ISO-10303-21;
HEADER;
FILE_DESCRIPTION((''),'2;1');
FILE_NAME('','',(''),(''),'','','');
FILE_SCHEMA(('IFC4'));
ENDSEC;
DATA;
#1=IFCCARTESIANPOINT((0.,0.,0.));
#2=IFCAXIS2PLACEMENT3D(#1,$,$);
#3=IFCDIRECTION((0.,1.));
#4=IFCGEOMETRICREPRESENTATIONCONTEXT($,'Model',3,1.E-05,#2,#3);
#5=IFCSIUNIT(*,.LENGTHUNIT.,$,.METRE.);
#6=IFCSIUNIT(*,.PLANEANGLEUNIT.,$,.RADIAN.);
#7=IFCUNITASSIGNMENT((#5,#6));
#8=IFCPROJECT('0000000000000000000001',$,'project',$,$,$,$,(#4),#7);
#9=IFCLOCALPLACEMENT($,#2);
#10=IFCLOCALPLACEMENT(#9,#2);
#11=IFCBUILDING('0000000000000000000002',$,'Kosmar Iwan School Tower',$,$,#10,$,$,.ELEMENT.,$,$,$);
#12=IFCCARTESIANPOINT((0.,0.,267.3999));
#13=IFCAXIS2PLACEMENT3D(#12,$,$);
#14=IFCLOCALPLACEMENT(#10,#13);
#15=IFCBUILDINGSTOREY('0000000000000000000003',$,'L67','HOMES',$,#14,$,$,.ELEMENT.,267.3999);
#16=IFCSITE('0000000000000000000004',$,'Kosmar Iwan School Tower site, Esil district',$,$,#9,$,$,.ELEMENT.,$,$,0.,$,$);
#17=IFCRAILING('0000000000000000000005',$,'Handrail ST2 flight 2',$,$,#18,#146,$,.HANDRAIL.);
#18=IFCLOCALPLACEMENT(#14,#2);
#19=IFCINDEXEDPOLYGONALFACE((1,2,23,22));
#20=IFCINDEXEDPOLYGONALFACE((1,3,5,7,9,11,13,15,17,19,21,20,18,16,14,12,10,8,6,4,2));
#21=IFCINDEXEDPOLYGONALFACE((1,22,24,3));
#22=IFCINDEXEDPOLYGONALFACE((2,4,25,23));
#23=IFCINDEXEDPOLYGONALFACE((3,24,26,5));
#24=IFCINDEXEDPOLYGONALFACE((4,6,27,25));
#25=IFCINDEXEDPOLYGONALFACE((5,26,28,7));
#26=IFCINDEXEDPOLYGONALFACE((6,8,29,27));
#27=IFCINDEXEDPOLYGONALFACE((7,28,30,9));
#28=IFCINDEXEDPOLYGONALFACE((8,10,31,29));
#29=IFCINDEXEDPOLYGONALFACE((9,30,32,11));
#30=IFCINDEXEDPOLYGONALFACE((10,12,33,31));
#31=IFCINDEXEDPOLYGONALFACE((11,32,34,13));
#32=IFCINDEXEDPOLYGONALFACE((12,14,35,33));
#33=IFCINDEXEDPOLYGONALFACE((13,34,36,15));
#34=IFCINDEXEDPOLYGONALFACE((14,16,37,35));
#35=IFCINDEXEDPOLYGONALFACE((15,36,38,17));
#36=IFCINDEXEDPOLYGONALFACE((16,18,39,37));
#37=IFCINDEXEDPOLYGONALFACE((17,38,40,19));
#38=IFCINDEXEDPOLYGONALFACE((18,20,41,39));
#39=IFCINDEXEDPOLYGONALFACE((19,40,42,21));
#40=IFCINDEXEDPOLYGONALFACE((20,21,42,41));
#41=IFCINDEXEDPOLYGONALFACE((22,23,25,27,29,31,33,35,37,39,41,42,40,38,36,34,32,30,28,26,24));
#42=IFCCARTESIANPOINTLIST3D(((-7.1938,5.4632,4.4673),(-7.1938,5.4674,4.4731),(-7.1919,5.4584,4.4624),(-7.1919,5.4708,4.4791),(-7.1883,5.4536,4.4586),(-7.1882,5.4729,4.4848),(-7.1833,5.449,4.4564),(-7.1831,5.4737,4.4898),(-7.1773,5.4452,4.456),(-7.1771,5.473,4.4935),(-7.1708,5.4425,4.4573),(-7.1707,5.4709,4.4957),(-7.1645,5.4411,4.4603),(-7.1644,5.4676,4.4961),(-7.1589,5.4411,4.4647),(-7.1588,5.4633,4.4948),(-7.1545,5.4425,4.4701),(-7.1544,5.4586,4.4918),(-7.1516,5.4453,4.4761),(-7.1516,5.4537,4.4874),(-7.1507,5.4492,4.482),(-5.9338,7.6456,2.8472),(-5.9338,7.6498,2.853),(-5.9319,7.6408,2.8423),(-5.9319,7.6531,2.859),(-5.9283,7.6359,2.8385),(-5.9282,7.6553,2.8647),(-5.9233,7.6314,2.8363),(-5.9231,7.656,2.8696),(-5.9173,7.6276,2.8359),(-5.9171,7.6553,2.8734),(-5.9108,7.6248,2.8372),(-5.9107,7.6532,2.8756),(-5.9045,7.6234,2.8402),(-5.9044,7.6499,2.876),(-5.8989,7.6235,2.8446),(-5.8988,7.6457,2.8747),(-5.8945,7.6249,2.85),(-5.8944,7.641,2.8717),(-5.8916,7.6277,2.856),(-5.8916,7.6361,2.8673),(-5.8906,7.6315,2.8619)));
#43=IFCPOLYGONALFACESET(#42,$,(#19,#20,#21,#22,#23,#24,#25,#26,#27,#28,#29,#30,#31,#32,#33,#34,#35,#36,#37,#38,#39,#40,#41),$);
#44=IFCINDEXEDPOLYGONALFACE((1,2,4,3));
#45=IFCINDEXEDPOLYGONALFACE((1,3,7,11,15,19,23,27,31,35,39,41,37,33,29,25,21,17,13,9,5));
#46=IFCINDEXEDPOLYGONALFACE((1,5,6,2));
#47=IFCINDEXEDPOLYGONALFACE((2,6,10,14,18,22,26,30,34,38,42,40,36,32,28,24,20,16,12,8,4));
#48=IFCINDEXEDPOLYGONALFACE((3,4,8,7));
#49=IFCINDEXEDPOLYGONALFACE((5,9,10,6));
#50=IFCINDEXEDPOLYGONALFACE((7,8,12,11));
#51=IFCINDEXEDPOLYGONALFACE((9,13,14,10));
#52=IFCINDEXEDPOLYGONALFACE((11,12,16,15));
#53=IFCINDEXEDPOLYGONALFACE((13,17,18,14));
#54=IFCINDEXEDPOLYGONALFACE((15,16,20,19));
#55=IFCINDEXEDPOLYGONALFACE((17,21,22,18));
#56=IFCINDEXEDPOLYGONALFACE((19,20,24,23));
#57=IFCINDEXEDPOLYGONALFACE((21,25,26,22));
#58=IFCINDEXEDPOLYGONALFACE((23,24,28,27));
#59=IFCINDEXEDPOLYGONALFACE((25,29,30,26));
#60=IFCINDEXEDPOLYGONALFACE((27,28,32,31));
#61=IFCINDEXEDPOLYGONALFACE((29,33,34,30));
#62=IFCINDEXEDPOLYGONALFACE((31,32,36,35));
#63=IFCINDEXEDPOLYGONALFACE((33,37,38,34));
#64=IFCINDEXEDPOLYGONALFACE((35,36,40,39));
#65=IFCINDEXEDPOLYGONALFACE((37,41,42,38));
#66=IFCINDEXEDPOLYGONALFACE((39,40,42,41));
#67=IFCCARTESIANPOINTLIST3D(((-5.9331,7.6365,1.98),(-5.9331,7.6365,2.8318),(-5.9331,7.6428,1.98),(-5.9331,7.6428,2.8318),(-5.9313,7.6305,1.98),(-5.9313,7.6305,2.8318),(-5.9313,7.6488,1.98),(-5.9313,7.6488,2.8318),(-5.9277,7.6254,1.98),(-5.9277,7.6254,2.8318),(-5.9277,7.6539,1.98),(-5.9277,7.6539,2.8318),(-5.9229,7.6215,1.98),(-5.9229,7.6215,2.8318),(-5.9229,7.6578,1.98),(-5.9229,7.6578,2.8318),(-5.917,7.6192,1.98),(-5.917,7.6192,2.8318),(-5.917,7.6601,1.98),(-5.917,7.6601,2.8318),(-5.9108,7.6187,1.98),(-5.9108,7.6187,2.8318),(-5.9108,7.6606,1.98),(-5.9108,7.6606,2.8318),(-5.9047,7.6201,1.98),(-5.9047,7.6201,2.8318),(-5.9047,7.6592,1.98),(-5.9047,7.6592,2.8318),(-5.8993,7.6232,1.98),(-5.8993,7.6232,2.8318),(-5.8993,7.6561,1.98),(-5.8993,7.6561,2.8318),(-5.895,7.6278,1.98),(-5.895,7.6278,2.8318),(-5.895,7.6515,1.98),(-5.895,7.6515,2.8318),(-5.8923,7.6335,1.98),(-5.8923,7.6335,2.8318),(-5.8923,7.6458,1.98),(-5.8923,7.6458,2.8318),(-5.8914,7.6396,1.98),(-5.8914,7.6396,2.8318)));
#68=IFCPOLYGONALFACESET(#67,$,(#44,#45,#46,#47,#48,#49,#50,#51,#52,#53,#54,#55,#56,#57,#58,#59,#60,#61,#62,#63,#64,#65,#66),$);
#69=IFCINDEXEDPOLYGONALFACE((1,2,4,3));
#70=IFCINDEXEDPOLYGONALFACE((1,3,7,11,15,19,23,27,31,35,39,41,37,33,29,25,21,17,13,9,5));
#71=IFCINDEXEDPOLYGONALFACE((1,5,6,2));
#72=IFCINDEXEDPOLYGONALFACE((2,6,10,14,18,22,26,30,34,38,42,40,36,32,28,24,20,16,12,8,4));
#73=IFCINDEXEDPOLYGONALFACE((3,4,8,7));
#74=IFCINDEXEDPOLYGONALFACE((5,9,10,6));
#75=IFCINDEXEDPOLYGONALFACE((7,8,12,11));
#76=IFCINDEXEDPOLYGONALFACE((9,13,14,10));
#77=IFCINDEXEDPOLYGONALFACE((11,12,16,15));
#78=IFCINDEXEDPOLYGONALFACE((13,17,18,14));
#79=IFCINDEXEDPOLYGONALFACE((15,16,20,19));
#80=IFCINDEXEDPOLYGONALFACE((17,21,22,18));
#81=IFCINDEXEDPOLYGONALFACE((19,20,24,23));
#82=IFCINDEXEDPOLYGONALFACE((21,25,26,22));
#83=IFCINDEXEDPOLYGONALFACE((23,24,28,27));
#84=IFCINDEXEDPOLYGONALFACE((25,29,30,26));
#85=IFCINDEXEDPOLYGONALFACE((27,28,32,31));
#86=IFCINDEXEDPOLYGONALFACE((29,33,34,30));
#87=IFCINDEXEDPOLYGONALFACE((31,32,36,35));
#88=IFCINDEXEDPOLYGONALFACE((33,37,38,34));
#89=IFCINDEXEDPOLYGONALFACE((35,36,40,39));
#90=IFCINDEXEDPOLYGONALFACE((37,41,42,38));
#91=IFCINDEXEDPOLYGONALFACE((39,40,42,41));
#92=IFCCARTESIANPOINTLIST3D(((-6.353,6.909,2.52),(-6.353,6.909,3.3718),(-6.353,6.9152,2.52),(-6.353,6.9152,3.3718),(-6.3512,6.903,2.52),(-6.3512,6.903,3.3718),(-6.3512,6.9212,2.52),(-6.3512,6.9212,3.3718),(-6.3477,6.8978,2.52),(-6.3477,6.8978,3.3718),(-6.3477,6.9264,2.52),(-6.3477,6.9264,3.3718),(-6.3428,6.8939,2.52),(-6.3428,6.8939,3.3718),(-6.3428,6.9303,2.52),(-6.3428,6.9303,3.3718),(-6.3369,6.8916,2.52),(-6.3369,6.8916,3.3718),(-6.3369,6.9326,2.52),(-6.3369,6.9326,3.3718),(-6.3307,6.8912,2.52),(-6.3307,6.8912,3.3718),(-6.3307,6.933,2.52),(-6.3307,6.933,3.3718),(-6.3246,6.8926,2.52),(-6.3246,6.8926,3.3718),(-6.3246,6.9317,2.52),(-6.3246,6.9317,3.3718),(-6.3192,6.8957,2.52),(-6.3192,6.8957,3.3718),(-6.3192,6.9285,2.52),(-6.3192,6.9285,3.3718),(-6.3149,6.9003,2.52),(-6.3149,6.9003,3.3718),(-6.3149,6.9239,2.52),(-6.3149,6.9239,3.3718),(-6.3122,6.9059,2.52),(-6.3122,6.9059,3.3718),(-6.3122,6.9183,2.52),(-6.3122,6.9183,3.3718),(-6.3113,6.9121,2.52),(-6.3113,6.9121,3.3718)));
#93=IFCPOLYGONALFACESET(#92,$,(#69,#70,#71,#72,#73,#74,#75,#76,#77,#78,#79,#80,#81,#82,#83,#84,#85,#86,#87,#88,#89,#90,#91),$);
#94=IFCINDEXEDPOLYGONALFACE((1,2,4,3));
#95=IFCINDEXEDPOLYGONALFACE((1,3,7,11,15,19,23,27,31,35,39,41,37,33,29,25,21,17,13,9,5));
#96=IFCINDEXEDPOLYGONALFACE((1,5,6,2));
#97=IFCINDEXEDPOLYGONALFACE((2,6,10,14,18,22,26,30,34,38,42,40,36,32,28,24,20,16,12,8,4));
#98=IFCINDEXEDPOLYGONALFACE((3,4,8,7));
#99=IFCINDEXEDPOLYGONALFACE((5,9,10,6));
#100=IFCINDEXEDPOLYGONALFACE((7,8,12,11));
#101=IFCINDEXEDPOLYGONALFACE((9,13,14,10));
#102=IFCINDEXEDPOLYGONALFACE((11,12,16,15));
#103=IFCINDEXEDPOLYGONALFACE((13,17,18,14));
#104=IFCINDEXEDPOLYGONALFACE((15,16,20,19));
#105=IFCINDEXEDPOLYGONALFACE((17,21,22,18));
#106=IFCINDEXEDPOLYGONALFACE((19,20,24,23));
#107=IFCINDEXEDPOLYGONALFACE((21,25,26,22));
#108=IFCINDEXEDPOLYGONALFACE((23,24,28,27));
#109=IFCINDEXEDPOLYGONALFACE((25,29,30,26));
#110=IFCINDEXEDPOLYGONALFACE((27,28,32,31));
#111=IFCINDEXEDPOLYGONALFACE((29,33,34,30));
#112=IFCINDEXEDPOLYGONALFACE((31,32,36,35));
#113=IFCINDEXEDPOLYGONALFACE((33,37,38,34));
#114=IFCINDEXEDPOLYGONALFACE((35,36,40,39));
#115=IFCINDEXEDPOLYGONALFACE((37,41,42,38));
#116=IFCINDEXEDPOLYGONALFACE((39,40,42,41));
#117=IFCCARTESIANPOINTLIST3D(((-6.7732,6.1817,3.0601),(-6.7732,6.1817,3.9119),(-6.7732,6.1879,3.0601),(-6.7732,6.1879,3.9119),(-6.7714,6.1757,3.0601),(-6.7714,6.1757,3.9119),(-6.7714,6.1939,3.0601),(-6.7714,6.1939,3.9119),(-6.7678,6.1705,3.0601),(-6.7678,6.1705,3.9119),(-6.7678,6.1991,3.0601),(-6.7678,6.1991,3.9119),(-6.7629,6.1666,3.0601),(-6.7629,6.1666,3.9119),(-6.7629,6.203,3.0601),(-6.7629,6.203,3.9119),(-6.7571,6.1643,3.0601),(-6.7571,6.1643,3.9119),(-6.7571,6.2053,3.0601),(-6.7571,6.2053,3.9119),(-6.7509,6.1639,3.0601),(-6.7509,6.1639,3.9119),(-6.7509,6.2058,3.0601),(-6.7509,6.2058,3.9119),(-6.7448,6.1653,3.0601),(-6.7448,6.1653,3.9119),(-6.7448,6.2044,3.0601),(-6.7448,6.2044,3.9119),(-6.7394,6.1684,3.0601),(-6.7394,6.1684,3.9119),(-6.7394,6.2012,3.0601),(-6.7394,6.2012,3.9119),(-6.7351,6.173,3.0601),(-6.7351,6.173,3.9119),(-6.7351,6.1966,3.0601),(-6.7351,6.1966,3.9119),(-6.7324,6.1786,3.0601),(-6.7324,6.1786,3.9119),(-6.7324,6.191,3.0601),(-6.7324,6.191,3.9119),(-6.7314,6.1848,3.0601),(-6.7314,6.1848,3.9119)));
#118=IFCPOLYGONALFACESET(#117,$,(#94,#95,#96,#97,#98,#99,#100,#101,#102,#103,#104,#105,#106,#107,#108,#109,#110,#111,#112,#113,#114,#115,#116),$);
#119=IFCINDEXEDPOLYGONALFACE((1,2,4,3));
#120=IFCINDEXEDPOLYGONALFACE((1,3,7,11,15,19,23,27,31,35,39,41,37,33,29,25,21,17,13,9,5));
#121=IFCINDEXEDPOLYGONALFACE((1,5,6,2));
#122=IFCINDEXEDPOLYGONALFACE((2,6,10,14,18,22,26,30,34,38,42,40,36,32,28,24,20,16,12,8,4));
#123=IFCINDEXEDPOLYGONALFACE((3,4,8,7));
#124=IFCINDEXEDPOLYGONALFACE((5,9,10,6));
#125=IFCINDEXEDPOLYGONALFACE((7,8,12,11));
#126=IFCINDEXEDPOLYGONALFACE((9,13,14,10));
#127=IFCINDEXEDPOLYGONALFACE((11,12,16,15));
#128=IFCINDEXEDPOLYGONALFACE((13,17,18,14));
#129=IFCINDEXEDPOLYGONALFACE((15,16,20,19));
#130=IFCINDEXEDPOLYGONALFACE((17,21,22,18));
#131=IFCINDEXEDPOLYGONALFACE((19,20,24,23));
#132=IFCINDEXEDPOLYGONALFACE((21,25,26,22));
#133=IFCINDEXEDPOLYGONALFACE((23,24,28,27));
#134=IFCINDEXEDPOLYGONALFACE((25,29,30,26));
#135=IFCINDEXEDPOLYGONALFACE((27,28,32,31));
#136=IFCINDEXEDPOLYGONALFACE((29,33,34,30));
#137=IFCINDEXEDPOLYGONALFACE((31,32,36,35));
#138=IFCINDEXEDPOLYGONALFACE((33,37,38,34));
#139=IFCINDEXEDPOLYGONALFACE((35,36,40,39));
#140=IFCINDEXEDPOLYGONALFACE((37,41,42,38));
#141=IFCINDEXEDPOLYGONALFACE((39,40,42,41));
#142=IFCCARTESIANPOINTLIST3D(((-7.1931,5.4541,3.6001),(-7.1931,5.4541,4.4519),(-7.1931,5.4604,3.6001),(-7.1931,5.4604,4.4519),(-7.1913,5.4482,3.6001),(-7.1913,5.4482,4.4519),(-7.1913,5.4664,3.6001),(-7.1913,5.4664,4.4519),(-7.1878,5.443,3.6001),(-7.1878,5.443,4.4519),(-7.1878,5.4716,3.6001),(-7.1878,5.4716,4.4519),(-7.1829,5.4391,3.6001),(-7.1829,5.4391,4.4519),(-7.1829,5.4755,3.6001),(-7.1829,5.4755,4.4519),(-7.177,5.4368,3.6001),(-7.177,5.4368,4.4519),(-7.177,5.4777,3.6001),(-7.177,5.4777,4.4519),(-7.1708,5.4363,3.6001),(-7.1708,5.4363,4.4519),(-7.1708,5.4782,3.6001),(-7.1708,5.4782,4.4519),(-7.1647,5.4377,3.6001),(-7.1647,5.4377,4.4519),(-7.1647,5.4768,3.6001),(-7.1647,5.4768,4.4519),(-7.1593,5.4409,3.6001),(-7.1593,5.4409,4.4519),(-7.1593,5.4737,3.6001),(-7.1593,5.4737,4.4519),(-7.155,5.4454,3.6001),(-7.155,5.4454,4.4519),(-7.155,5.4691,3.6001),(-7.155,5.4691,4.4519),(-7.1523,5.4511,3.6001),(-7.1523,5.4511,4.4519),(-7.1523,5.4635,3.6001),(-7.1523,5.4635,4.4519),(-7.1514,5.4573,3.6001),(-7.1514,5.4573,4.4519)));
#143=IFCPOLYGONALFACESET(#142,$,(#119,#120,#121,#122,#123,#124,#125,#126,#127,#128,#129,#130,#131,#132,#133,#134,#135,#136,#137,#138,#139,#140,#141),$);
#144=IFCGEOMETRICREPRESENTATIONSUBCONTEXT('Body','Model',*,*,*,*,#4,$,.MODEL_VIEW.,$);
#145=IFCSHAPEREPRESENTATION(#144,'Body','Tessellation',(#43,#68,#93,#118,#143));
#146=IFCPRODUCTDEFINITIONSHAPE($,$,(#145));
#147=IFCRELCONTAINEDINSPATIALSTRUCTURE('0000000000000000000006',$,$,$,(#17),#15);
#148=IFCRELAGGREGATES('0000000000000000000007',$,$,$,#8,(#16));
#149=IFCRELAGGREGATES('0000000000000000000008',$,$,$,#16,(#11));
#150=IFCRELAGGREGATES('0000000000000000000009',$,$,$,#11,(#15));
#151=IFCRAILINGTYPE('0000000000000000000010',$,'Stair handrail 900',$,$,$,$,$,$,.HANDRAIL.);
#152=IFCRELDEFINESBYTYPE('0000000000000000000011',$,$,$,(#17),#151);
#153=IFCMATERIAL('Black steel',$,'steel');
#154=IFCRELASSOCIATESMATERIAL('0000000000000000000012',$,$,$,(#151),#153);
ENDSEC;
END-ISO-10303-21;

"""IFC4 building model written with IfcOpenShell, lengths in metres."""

from ifc_helpers import new_model, si_unit, direction, frame, origin, origin_2d, place, context, subcontext, project, spatial, circle, extrude, material, type_object, element, save


model = new_model("IFC4")

# Units and contexts
model_context = context("Model", 3, precision=1e-05, world=origin(), true_north=direction((0.0, 1.0)))
body_context = subcontext(model_context, "Body", "Model", "MODEL_VIEW")
ifc_project = project(units=[si_unit("LENGTHUNIT", "METRE"), si_unit("PLANEANGLEUNIT", "RADIAN")], contexts=[model_context])

# Site, building, storey
site_placement = place(None, origin())
site = spatial("IfcSite", under=ifc_project, at=site_placement, Name="Kosmar Iwan School Tower site, Esil district", CompositionType="ELEMENT", RefElevation=0.0)
building_placement = place(site_placement, origin())
building = spatial("IfcBuilding", under=site, at=building_placement, Name="Kosmar Iwan School Tower", CompositionType="ELEMENT")
storey_placement = place(building_placement, frame((0.0, 0.0, 267.3999)))
storey = spatial("IfcBuildingStorey", under=building, at=storey_placement, Name="L67", Description="HOMES", CompositionType="ELEMENT", Elevation=267.3999)

# Railing
ifc_material_1 = material(Name="Black steel", Category="steel")
railing_type = type_object("IfcRailingType", Name="Stair handrail 900", PredefinedType="HANDRAIL", material=ifc_material_1)
railing_placement = place(storey_placement, frame((-5.9124, 7.6396, 1.98)))
element("IfcRailing", 1, at=railing_placement, inside=storey, type_object=railing_type, Name="Handrail ST2 flight 2", PredefinedType="HANDRAIL", context=body_context, shape_type="SweptSolid", body=[
    extrude(circle(Radius=0.0239, at=origin_2d()), frame((0.0, 0.0, 0.876), z_axis=(-0.420584, -0.728464, 0.540786), x_axis=(0.866023, -0.500005, 0.0)), (0.0, 0.0, 1.0), 2.9958),
    extrude(circle(Radius=0.021, at=origin_2d()), origin(), (0.0, 0.0, 1.0), 0.8518),
    extrude(circle(Radius=0.021, at=origin_2d()), frame((-0.4199, -0.7275, 0.54)), (0.0, 0.0, 1.0), 0.8518),
    extrude(circle(Radius=0.021, at=origin_2d()), frame((-0.8401, -1.4548, 1.0801)), (0.0, 0.0, 1.0), 0.8518),
    extrude(circle(Radius=0.021, at=origin_2d()), frame((-1.26, -2.1824, 1.6201)), (0.0, 0.0, 1.0), 0.8518),
])

save(model, "model.ifc")
